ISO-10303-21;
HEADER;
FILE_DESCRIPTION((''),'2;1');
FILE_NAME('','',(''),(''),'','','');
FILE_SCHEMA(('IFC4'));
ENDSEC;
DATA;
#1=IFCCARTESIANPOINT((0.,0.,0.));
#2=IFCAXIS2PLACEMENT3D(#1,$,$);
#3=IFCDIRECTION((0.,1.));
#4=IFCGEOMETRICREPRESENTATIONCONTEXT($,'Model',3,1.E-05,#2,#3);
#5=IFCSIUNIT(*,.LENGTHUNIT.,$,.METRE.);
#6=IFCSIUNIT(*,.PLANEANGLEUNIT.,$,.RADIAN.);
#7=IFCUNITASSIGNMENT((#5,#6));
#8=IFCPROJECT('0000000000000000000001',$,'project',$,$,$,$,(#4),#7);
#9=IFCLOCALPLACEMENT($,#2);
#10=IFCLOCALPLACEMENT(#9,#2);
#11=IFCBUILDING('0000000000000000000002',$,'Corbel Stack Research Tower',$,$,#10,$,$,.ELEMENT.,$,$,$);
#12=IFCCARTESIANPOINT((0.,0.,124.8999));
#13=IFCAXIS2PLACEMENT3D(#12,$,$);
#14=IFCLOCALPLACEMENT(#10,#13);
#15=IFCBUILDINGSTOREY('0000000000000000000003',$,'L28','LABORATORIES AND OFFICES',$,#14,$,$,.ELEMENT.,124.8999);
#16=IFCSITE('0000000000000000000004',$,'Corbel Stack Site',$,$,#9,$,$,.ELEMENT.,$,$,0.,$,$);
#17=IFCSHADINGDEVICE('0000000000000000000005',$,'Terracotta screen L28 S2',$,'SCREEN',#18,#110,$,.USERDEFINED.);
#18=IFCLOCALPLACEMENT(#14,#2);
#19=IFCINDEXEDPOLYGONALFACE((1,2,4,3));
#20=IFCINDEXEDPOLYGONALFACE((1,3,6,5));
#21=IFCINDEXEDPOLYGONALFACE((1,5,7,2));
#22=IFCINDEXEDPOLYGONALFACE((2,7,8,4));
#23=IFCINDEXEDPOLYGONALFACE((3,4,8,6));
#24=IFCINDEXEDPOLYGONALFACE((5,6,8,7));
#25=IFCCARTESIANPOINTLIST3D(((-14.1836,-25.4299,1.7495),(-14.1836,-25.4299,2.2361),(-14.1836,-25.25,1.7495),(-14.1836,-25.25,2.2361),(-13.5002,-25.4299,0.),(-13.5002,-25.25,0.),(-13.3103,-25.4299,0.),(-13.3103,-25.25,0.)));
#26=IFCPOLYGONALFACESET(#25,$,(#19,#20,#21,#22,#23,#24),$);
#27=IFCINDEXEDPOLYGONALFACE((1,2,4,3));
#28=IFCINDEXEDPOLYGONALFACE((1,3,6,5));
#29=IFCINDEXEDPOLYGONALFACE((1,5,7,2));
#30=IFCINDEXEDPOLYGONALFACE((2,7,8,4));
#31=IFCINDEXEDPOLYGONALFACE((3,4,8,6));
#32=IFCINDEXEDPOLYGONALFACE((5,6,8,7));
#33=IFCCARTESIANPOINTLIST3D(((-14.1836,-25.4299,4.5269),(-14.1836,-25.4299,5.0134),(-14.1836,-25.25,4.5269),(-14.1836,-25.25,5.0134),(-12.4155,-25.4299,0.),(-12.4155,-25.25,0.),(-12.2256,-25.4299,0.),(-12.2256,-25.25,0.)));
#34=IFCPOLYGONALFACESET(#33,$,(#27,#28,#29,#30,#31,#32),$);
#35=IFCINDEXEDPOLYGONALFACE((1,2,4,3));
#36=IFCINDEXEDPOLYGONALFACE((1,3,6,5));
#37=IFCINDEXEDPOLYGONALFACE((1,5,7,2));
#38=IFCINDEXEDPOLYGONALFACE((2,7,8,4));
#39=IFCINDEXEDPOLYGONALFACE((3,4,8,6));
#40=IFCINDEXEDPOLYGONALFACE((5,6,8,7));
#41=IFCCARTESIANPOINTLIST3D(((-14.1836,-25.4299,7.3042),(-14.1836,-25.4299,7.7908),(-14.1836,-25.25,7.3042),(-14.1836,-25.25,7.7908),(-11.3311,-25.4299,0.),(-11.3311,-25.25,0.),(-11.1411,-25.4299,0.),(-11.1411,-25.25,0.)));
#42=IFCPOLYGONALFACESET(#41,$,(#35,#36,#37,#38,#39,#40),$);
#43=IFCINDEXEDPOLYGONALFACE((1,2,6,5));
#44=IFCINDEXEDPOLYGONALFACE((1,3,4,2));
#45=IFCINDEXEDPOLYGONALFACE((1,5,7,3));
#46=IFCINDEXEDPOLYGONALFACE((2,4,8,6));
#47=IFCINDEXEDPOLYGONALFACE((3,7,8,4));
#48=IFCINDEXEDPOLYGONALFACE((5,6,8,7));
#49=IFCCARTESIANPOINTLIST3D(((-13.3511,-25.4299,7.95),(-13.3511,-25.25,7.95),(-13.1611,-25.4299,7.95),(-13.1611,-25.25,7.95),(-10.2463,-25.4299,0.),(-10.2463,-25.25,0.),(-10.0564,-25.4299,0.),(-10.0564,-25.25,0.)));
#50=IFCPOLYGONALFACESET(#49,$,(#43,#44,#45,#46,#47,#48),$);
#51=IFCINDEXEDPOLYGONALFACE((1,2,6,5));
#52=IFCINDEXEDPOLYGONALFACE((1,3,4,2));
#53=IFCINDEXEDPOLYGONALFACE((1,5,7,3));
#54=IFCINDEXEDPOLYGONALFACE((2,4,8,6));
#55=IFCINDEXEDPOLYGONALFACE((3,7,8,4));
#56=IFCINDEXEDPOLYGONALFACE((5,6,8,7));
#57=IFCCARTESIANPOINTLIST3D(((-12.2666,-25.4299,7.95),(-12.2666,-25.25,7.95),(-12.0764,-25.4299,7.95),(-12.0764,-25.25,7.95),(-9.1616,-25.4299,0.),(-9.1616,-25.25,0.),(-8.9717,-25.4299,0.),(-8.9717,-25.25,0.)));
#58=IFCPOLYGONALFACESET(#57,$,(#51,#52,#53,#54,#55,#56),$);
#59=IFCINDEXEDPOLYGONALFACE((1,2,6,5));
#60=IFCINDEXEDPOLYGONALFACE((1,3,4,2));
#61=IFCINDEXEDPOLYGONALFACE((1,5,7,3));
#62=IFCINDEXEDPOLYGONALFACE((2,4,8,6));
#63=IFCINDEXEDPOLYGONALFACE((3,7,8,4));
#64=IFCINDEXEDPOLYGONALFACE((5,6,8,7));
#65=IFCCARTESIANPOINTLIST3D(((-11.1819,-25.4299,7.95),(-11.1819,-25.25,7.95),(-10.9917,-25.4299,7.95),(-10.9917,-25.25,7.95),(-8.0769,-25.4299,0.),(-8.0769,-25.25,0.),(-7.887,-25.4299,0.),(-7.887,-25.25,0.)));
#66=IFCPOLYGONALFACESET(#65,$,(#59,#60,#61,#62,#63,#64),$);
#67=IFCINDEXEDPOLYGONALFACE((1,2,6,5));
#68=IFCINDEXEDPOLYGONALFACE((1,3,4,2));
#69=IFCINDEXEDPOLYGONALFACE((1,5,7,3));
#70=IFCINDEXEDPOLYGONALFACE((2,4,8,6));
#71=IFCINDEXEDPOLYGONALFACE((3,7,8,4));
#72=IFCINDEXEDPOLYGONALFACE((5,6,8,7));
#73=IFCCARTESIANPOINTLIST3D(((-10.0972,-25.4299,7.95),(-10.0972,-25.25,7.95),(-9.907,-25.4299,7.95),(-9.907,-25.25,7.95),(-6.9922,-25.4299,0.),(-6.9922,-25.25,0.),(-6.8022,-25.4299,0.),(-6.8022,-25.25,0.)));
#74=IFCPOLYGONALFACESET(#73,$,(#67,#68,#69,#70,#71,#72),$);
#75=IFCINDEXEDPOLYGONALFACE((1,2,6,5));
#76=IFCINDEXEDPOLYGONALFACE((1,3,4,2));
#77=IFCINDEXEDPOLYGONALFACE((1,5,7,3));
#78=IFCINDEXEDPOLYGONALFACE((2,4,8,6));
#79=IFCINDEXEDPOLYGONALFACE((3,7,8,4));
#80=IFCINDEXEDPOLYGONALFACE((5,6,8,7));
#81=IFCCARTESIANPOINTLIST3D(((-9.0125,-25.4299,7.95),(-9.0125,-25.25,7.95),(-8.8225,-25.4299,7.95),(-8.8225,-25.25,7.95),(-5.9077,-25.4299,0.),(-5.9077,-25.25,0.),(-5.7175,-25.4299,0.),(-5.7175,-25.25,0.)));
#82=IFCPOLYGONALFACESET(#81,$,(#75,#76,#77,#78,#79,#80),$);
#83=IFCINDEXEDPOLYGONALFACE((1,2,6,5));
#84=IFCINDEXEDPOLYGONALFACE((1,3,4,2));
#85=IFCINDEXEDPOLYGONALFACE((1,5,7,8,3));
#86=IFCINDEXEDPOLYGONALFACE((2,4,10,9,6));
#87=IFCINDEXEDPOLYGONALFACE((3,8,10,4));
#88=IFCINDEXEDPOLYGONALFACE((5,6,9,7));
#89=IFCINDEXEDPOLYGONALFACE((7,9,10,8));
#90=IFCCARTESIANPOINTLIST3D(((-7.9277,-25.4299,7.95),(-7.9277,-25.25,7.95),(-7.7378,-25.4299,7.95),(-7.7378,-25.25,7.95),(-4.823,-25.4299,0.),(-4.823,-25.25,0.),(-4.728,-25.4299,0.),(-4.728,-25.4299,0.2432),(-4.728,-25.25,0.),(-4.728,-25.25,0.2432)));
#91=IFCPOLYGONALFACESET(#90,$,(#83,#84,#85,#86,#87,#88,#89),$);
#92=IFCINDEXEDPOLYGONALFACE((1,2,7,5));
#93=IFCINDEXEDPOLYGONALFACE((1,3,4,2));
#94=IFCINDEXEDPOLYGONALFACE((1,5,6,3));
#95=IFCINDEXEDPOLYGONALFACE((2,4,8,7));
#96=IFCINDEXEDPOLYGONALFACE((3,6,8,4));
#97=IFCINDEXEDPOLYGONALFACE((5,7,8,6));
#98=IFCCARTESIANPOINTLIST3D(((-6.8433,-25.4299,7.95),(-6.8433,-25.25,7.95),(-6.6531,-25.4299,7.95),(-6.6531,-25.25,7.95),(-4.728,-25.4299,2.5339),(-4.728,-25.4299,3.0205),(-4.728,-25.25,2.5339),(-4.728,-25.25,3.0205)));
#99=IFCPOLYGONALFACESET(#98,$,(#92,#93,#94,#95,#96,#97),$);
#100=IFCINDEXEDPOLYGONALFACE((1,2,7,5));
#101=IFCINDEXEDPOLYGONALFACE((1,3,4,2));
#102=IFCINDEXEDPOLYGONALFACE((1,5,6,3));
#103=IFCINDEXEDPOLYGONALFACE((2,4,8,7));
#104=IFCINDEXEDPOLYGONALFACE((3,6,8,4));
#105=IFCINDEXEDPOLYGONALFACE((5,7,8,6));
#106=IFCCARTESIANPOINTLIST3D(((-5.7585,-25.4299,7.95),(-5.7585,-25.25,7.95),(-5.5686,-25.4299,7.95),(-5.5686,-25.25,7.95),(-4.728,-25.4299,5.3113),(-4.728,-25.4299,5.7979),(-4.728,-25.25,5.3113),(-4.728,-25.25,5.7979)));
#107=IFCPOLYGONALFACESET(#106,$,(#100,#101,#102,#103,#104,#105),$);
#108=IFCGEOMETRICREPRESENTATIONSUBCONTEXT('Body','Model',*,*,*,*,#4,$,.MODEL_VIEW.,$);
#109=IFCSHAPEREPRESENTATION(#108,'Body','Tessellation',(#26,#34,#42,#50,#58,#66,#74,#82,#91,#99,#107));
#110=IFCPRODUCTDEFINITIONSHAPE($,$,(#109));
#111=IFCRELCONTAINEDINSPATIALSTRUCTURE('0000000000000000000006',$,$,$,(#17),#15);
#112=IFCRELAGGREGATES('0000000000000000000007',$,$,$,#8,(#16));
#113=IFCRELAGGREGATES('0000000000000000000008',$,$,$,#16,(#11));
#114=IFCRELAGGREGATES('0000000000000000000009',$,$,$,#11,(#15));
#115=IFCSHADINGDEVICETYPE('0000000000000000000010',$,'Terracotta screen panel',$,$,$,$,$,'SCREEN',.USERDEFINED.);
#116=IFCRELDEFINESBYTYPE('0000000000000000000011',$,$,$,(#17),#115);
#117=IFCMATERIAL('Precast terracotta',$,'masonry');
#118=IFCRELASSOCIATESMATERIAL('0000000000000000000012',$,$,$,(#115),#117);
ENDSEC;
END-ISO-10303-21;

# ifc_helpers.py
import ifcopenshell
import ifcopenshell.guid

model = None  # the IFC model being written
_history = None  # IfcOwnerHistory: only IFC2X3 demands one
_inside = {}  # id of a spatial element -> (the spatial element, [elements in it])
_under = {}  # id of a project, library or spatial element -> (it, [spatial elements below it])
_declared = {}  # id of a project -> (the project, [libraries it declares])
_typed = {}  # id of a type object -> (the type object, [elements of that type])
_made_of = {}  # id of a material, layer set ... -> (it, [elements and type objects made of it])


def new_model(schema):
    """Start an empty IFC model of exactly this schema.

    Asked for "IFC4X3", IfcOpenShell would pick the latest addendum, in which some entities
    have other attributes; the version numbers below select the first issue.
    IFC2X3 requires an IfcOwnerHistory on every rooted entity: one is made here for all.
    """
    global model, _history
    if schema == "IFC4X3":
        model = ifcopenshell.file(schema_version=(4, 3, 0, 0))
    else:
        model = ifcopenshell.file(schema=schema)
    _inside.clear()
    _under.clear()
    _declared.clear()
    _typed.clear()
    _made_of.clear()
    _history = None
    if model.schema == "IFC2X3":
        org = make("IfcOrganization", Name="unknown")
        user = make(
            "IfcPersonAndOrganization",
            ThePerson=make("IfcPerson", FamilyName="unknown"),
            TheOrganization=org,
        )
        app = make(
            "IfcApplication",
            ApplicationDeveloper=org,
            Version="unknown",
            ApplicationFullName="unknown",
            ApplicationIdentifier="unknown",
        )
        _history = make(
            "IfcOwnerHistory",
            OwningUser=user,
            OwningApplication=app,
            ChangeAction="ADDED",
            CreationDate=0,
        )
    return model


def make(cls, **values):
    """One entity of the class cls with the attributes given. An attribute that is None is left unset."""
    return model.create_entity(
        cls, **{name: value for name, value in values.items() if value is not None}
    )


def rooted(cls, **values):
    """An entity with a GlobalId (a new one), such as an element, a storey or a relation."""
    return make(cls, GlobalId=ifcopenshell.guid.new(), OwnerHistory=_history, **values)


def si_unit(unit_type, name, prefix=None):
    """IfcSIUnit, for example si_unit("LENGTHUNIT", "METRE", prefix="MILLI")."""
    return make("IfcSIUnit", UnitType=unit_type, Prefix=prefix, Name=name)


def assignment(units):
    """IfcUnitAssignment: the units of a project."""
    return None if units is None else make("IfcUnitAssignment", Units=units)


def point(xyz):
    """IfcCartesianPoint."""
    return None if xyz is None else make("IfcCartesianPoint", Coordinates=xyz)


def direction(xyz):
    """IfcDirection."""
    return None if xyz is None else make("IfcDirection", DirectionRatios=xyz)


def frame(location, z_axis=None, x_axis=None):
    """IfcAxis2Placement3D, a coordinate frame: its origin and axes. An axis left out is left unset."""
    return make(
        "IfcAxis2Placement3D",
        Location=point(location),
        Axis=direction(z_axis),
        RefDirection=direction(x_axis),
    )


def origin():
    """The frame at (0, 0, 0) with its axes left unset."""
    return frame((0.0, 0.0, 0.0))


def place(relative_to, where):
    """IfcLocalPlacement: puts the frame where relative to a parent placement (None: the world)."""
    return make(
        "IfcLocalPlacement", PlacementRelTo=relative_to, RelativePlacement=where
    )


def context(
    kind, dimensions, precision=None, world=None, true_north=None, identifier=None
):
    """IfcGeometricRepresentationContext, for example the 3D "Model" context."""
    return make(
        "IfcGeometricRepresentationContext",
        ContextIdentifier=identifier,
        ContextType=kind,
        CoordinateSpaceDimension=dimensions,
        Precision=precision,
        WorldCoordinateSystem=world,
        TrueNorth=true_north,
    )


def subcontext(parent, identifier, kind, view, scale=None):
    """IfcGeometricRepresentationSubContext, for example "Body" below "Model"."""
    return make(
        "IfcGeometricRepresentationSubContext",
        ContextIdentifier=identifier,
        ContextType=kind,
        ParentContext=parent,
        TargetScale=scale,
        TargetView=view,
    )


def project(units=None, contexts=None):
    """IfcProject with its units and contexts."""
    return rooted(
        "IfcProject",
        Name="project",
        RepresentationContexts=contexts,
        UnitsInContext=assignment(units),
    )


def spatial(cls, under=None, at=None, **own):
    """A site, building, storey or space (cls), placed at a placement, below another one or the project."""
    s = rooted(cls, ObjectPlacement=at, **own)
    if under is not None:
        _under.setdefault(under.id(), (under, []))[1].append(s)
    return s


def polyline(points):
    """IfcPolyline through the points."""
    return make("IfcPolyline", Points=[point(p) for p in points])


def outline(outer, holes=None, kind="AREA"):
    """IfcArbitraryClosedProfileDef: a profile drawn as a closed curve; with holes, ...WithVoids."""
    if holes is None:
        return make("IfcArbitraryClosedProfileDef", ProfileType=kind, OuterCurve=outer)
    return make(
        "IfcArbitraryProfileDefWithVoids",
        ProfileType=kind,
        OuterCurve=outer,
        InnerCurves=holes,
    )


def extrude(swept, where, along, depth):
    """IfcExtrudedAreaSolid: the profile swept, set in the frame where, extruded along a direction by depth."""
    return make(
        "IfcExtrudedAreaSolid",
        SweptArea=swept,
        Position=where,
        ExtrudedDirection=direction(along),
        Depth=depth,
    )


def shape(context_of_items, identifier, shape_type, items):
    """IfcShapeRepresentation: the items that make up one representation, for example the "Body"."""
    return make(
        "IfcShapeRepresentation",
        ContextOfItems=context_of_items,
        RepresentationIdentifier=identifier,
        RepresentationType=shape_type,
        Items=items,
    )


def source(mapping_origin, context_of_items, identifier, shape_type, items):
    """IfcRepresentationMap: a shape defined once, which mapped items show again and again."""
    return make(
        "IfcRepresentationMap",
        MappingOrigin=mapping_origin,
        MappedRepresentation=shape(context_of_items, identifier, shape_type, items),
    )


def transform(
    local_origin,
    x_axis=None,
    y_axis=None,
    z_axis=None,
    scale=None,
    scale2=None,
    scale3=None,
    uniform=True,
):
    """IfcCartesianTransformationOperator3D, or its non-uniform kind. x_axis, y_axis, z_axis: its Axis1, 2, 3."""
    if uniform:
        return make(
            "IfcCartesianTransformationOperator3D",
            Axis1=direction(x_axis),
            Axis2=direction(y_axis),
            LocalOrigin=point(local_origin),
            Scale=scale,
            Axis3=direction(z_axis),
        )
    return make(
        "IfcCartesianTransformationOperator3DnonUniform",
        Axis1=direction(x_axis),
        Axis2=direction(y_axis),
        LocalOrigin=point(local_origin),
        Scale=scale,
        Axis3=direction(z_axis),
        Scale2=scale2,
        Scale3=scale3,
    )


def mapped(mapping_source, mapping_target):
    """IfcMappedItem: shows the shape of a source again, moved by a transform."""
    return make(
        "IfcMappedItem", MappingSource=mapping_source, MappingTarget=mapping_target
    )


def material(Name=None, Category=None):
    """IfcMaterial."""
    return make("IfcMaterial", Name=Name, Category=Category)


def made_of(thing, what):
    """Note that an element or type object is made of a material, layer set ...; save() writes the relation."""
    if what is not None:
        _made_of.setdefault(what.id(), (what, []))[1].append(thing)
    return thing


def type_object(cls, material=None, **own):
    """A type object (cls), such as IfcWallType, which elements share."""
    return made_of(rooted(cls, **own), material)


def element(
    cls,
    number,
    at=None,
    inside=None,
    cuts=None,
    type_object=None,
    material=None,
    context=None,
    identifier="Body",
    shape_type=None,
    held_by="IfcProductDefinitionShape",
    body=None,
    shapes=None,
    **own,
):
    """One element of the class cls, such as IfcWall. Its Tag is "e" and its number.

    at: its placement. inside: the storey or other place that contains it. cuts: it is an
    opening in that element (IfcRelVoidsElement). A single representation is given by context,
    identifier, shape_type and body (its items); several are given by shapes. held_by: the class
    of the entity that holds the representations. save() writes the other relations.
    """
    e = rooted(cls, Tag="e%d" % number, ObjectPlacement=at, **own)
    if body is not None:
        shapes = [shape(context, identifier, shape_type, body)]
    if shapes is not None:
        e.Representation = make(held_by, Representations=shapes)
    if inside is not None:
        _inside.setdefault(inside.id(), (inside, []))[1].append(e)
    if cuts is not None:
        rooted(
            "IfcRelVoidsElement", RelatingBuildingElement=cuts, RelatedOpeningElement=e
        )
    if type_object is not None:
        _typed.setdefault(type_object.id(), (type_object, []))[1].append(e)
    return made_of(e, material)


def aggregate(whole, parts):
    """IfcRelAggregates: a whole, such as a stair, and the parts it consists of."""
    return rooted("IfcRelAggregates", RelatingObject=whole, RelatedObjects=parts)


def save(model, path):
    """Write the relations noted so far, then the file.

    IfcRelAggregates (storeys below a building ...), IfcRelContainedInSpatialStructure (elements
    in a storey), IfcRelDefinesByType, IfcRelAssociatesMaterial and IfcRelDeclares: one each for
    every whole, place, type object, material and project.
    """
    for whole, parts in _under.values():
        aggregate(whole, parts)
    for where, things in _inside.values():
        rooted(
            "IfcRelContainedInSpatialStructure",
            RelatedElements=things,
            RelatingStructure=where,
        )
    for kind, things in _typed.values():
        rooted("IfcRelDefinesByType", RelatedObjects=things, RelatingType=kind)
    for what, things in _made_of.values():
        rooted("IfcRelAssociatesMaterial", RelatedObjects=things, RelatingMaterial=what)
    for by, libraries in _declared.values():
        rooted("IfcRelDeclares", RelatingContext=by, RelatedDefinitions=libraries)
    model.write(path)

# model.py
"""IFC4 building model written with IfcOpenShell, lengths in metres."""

from ifc_helpers import new_model, si_unit, direction, frame, origin, place, context, subcontext, project, spatial, polyline, outline, extrude, source, transform, mapped, material, type_object, element, save


model = new_model("IFC4")

# Units and contexts
model_context = context("Model", 3, precision=1e-05, world=origin(), true_north=direction((0.0, 1.0)))
body_context = subcontext(model_context, "Body", "Model", "MODEL_VIEW")
ifc_project = project(units=[si_unit("LENGTHUNIT", "METRE"), si_unit("PLANEANGLEUNIT", "RADIAN")], contexts=[model_context])

# Site, building, storey
site_placement = place(None, origin())
site = spatial("IfcSite", under=ifc_project, at=site_placement, Name="Corbel Stack Site", CompositionType="ELEMENT", RefElevation=0.0)
building_placement = place(site_placement, origin())
building = spatial("IfcBuilding", under=site, at=building_placement, Name="Corbel Stack Research Tower", CompositionType="ELEMENT")
storey_placement = place(building_placement, frame((0.0, 0.0, 124.8999)))
storey = spatial("IfcBuildingStorey", under=building, at=storey_placement, Name="L28", Description="LABORATORIES AND OFFICES", CompositionType="ELEMENT", Elevation=124.8999)

# Shading device
ifc_material_1 = material(Name="Precast terracotta", Category="masonry")
shading_device_type = type_object("IfcShadingDeviceType", Name="Terracotta screen panel", ElementType="SCREEN", PredefinedType="USERDEFINED", material=ifc_material_1)
shared_shape = source(origin(), body_context, "Body", "SweptSolid", [
    extrude(outline(polyline([(0.8733, 0.0), (0.0, 2.2361), (0.0, 1.7495), (0.6833, 0.0), (0.8733, 0.0)])), frame((0.0, 0.0, 0.0), z_axis=(0.0, -1.0, 0.0), x_axis=(1.0, 0.0, 0.0)), (0.0, 0.0, 1.0), 0.1799),
    extrude(outline(polyline([(1.958, 0.0), (0.0, 5.0134), (0.0, 4.5269), (1.7681, 0.0), (1.958, 0.0)])), frame((0.0, 0.0, 0.0), z_axis=(0.0, -1.0, 0.0), x_axis=(1.0, 0.0, 0.0)), (0.0, 0.0, 1.0), 0.1799),
    extrude(outline(polyline([(3.0425, 0.0), (0.0, 7.7908), (0.0, 7.3042), (2.8525, 0.0), (3.0425, 0.0)])), frame((0.0, 0.0, 0.0), z_axis=(0.0, -1.0, 0.0), x_axis=(1.0, 0.0, 0.0)), (0.0, 0.0, 1.0), 0.1799),
    extrude(outline(polyline([(4.1272, 0.0), (1.0225, 7.95), (0.8325, 7.95), (3.9373, 0.0), (4.1272, 0.0)])), frame((0.0, 0.0, 0.0), z_axis=(0.0, -1.0, 0.0), x_axis=(1.0, 0.0, 0.0)), (0.0, 0.0, 1.0), 0.1799),
    extrude(outline(polyline([(5.2119, 0.0), (2.1072, 7.95), (1.917, 7.95), (5.022, 0.0), (5.2119, 0.0)])), frame((0.0, 0.0, 0.0), z_axis=(0.0, -1.0, 0.0), x_axis=(1.0, 0.0, 0.0)), (0.0, 0.0, 1.0), 0.1799),
    extrude(outline(polyline([(6.2966, 0.0), (3.1919, 7.95), (3.0017, 7.95), (6.1067, 0.0), (6.2966, 0.0)])), frame((0.0, 0.0, 0.0), z_axis=(0.0, -1.0, 0.0), x_axis=(1.0, 0.0, 0.0)), (0.0, 0.0, 1.0), 0.1799),
    extrude(outline(polyline([(7.3813, 0.0), (4.2766, 7.95), (4.0864, 7.95), (7.1914, 0.0), (7.3813, 0.0)])), frame((0.0, 0.0, 0.0), z_axis=(0.0, -1.0, 0.0), x_axis=(1.0, 0.0, 0.0)), (0.0, 0.0, 1.0), 0.1799),
    extrude(outline(polyline([(8.4661, 0.0), (5.3611, 7.95), (5.1711, 7.95), (8.2759, 0.0), (8.4661, 0.0)])), frame((0.0, 0.0, 0.0), z_axis=(0.0, -1.0, 0.0), x_axis=(1.0, 0.0, 0.0)), (0.0, 0.0, 1.0), 0.1799),
    extrude(outline(polyline([(9.4556, 0.0), (9.4556, 0.2432), (6.4458, 7.95), (6.2559, 7.95), (9.3606, 0.0), (9.4556, 0.0)])), frame((0.0, 0.0, 0.0), z_axis=(0.0, -1.0, 0.0), x_axis=(1.0, 0.0, 0.0)), (0.0, 0.0, 1.0), 0.1799),
    extrude(outline(polyline([(7.5305, 7.95), (7.3403, 7.95), (9.4556, 2.5339), (9.4556, 3.0205), (7.5305, 7.95)])), frame((0.0, 0.0, 0.0), z_axis=(0.0, -1.0, 0.0), x_axis=(1.0, 0.0, 0.0)), (0.0, 0.0, 1.0), 0.1799),
    extrude(outline(polyline([(8.615, 7.95), (8.425, 7.95), (9.4556, 5.3113), (9.4556, 5.7979), (8.615, 7.95)])), frame((0.0, 0.0, 0.0), z_axis=(0.0, -1.0, 0.0), x_axis=(1.0, 0.0, 0.0)), (0.0, 0.0, 1.0), 0.1799),
])
shading_device_placement = place(storey_placement, frame((-14.1836, -25.25, 0.0), z_axis=(0.0, 0.0, 1.0), x_axis=(1.0, 0.0, 0.0)))
element("IfcShadingDevice", 1, at=shading_device_placement, inside=storey, type_object=shading_device_type, Name="Terracotta screen L28 S2", ObjectType="SCREEN", PredefinedType="USERDEFINED", context=body_context, shape_type="MappedRepresentation", body=[
    mapped(shared_shape, transform((0.0, 0.0, 0.0))),
])

save(model, "model.ifc")
